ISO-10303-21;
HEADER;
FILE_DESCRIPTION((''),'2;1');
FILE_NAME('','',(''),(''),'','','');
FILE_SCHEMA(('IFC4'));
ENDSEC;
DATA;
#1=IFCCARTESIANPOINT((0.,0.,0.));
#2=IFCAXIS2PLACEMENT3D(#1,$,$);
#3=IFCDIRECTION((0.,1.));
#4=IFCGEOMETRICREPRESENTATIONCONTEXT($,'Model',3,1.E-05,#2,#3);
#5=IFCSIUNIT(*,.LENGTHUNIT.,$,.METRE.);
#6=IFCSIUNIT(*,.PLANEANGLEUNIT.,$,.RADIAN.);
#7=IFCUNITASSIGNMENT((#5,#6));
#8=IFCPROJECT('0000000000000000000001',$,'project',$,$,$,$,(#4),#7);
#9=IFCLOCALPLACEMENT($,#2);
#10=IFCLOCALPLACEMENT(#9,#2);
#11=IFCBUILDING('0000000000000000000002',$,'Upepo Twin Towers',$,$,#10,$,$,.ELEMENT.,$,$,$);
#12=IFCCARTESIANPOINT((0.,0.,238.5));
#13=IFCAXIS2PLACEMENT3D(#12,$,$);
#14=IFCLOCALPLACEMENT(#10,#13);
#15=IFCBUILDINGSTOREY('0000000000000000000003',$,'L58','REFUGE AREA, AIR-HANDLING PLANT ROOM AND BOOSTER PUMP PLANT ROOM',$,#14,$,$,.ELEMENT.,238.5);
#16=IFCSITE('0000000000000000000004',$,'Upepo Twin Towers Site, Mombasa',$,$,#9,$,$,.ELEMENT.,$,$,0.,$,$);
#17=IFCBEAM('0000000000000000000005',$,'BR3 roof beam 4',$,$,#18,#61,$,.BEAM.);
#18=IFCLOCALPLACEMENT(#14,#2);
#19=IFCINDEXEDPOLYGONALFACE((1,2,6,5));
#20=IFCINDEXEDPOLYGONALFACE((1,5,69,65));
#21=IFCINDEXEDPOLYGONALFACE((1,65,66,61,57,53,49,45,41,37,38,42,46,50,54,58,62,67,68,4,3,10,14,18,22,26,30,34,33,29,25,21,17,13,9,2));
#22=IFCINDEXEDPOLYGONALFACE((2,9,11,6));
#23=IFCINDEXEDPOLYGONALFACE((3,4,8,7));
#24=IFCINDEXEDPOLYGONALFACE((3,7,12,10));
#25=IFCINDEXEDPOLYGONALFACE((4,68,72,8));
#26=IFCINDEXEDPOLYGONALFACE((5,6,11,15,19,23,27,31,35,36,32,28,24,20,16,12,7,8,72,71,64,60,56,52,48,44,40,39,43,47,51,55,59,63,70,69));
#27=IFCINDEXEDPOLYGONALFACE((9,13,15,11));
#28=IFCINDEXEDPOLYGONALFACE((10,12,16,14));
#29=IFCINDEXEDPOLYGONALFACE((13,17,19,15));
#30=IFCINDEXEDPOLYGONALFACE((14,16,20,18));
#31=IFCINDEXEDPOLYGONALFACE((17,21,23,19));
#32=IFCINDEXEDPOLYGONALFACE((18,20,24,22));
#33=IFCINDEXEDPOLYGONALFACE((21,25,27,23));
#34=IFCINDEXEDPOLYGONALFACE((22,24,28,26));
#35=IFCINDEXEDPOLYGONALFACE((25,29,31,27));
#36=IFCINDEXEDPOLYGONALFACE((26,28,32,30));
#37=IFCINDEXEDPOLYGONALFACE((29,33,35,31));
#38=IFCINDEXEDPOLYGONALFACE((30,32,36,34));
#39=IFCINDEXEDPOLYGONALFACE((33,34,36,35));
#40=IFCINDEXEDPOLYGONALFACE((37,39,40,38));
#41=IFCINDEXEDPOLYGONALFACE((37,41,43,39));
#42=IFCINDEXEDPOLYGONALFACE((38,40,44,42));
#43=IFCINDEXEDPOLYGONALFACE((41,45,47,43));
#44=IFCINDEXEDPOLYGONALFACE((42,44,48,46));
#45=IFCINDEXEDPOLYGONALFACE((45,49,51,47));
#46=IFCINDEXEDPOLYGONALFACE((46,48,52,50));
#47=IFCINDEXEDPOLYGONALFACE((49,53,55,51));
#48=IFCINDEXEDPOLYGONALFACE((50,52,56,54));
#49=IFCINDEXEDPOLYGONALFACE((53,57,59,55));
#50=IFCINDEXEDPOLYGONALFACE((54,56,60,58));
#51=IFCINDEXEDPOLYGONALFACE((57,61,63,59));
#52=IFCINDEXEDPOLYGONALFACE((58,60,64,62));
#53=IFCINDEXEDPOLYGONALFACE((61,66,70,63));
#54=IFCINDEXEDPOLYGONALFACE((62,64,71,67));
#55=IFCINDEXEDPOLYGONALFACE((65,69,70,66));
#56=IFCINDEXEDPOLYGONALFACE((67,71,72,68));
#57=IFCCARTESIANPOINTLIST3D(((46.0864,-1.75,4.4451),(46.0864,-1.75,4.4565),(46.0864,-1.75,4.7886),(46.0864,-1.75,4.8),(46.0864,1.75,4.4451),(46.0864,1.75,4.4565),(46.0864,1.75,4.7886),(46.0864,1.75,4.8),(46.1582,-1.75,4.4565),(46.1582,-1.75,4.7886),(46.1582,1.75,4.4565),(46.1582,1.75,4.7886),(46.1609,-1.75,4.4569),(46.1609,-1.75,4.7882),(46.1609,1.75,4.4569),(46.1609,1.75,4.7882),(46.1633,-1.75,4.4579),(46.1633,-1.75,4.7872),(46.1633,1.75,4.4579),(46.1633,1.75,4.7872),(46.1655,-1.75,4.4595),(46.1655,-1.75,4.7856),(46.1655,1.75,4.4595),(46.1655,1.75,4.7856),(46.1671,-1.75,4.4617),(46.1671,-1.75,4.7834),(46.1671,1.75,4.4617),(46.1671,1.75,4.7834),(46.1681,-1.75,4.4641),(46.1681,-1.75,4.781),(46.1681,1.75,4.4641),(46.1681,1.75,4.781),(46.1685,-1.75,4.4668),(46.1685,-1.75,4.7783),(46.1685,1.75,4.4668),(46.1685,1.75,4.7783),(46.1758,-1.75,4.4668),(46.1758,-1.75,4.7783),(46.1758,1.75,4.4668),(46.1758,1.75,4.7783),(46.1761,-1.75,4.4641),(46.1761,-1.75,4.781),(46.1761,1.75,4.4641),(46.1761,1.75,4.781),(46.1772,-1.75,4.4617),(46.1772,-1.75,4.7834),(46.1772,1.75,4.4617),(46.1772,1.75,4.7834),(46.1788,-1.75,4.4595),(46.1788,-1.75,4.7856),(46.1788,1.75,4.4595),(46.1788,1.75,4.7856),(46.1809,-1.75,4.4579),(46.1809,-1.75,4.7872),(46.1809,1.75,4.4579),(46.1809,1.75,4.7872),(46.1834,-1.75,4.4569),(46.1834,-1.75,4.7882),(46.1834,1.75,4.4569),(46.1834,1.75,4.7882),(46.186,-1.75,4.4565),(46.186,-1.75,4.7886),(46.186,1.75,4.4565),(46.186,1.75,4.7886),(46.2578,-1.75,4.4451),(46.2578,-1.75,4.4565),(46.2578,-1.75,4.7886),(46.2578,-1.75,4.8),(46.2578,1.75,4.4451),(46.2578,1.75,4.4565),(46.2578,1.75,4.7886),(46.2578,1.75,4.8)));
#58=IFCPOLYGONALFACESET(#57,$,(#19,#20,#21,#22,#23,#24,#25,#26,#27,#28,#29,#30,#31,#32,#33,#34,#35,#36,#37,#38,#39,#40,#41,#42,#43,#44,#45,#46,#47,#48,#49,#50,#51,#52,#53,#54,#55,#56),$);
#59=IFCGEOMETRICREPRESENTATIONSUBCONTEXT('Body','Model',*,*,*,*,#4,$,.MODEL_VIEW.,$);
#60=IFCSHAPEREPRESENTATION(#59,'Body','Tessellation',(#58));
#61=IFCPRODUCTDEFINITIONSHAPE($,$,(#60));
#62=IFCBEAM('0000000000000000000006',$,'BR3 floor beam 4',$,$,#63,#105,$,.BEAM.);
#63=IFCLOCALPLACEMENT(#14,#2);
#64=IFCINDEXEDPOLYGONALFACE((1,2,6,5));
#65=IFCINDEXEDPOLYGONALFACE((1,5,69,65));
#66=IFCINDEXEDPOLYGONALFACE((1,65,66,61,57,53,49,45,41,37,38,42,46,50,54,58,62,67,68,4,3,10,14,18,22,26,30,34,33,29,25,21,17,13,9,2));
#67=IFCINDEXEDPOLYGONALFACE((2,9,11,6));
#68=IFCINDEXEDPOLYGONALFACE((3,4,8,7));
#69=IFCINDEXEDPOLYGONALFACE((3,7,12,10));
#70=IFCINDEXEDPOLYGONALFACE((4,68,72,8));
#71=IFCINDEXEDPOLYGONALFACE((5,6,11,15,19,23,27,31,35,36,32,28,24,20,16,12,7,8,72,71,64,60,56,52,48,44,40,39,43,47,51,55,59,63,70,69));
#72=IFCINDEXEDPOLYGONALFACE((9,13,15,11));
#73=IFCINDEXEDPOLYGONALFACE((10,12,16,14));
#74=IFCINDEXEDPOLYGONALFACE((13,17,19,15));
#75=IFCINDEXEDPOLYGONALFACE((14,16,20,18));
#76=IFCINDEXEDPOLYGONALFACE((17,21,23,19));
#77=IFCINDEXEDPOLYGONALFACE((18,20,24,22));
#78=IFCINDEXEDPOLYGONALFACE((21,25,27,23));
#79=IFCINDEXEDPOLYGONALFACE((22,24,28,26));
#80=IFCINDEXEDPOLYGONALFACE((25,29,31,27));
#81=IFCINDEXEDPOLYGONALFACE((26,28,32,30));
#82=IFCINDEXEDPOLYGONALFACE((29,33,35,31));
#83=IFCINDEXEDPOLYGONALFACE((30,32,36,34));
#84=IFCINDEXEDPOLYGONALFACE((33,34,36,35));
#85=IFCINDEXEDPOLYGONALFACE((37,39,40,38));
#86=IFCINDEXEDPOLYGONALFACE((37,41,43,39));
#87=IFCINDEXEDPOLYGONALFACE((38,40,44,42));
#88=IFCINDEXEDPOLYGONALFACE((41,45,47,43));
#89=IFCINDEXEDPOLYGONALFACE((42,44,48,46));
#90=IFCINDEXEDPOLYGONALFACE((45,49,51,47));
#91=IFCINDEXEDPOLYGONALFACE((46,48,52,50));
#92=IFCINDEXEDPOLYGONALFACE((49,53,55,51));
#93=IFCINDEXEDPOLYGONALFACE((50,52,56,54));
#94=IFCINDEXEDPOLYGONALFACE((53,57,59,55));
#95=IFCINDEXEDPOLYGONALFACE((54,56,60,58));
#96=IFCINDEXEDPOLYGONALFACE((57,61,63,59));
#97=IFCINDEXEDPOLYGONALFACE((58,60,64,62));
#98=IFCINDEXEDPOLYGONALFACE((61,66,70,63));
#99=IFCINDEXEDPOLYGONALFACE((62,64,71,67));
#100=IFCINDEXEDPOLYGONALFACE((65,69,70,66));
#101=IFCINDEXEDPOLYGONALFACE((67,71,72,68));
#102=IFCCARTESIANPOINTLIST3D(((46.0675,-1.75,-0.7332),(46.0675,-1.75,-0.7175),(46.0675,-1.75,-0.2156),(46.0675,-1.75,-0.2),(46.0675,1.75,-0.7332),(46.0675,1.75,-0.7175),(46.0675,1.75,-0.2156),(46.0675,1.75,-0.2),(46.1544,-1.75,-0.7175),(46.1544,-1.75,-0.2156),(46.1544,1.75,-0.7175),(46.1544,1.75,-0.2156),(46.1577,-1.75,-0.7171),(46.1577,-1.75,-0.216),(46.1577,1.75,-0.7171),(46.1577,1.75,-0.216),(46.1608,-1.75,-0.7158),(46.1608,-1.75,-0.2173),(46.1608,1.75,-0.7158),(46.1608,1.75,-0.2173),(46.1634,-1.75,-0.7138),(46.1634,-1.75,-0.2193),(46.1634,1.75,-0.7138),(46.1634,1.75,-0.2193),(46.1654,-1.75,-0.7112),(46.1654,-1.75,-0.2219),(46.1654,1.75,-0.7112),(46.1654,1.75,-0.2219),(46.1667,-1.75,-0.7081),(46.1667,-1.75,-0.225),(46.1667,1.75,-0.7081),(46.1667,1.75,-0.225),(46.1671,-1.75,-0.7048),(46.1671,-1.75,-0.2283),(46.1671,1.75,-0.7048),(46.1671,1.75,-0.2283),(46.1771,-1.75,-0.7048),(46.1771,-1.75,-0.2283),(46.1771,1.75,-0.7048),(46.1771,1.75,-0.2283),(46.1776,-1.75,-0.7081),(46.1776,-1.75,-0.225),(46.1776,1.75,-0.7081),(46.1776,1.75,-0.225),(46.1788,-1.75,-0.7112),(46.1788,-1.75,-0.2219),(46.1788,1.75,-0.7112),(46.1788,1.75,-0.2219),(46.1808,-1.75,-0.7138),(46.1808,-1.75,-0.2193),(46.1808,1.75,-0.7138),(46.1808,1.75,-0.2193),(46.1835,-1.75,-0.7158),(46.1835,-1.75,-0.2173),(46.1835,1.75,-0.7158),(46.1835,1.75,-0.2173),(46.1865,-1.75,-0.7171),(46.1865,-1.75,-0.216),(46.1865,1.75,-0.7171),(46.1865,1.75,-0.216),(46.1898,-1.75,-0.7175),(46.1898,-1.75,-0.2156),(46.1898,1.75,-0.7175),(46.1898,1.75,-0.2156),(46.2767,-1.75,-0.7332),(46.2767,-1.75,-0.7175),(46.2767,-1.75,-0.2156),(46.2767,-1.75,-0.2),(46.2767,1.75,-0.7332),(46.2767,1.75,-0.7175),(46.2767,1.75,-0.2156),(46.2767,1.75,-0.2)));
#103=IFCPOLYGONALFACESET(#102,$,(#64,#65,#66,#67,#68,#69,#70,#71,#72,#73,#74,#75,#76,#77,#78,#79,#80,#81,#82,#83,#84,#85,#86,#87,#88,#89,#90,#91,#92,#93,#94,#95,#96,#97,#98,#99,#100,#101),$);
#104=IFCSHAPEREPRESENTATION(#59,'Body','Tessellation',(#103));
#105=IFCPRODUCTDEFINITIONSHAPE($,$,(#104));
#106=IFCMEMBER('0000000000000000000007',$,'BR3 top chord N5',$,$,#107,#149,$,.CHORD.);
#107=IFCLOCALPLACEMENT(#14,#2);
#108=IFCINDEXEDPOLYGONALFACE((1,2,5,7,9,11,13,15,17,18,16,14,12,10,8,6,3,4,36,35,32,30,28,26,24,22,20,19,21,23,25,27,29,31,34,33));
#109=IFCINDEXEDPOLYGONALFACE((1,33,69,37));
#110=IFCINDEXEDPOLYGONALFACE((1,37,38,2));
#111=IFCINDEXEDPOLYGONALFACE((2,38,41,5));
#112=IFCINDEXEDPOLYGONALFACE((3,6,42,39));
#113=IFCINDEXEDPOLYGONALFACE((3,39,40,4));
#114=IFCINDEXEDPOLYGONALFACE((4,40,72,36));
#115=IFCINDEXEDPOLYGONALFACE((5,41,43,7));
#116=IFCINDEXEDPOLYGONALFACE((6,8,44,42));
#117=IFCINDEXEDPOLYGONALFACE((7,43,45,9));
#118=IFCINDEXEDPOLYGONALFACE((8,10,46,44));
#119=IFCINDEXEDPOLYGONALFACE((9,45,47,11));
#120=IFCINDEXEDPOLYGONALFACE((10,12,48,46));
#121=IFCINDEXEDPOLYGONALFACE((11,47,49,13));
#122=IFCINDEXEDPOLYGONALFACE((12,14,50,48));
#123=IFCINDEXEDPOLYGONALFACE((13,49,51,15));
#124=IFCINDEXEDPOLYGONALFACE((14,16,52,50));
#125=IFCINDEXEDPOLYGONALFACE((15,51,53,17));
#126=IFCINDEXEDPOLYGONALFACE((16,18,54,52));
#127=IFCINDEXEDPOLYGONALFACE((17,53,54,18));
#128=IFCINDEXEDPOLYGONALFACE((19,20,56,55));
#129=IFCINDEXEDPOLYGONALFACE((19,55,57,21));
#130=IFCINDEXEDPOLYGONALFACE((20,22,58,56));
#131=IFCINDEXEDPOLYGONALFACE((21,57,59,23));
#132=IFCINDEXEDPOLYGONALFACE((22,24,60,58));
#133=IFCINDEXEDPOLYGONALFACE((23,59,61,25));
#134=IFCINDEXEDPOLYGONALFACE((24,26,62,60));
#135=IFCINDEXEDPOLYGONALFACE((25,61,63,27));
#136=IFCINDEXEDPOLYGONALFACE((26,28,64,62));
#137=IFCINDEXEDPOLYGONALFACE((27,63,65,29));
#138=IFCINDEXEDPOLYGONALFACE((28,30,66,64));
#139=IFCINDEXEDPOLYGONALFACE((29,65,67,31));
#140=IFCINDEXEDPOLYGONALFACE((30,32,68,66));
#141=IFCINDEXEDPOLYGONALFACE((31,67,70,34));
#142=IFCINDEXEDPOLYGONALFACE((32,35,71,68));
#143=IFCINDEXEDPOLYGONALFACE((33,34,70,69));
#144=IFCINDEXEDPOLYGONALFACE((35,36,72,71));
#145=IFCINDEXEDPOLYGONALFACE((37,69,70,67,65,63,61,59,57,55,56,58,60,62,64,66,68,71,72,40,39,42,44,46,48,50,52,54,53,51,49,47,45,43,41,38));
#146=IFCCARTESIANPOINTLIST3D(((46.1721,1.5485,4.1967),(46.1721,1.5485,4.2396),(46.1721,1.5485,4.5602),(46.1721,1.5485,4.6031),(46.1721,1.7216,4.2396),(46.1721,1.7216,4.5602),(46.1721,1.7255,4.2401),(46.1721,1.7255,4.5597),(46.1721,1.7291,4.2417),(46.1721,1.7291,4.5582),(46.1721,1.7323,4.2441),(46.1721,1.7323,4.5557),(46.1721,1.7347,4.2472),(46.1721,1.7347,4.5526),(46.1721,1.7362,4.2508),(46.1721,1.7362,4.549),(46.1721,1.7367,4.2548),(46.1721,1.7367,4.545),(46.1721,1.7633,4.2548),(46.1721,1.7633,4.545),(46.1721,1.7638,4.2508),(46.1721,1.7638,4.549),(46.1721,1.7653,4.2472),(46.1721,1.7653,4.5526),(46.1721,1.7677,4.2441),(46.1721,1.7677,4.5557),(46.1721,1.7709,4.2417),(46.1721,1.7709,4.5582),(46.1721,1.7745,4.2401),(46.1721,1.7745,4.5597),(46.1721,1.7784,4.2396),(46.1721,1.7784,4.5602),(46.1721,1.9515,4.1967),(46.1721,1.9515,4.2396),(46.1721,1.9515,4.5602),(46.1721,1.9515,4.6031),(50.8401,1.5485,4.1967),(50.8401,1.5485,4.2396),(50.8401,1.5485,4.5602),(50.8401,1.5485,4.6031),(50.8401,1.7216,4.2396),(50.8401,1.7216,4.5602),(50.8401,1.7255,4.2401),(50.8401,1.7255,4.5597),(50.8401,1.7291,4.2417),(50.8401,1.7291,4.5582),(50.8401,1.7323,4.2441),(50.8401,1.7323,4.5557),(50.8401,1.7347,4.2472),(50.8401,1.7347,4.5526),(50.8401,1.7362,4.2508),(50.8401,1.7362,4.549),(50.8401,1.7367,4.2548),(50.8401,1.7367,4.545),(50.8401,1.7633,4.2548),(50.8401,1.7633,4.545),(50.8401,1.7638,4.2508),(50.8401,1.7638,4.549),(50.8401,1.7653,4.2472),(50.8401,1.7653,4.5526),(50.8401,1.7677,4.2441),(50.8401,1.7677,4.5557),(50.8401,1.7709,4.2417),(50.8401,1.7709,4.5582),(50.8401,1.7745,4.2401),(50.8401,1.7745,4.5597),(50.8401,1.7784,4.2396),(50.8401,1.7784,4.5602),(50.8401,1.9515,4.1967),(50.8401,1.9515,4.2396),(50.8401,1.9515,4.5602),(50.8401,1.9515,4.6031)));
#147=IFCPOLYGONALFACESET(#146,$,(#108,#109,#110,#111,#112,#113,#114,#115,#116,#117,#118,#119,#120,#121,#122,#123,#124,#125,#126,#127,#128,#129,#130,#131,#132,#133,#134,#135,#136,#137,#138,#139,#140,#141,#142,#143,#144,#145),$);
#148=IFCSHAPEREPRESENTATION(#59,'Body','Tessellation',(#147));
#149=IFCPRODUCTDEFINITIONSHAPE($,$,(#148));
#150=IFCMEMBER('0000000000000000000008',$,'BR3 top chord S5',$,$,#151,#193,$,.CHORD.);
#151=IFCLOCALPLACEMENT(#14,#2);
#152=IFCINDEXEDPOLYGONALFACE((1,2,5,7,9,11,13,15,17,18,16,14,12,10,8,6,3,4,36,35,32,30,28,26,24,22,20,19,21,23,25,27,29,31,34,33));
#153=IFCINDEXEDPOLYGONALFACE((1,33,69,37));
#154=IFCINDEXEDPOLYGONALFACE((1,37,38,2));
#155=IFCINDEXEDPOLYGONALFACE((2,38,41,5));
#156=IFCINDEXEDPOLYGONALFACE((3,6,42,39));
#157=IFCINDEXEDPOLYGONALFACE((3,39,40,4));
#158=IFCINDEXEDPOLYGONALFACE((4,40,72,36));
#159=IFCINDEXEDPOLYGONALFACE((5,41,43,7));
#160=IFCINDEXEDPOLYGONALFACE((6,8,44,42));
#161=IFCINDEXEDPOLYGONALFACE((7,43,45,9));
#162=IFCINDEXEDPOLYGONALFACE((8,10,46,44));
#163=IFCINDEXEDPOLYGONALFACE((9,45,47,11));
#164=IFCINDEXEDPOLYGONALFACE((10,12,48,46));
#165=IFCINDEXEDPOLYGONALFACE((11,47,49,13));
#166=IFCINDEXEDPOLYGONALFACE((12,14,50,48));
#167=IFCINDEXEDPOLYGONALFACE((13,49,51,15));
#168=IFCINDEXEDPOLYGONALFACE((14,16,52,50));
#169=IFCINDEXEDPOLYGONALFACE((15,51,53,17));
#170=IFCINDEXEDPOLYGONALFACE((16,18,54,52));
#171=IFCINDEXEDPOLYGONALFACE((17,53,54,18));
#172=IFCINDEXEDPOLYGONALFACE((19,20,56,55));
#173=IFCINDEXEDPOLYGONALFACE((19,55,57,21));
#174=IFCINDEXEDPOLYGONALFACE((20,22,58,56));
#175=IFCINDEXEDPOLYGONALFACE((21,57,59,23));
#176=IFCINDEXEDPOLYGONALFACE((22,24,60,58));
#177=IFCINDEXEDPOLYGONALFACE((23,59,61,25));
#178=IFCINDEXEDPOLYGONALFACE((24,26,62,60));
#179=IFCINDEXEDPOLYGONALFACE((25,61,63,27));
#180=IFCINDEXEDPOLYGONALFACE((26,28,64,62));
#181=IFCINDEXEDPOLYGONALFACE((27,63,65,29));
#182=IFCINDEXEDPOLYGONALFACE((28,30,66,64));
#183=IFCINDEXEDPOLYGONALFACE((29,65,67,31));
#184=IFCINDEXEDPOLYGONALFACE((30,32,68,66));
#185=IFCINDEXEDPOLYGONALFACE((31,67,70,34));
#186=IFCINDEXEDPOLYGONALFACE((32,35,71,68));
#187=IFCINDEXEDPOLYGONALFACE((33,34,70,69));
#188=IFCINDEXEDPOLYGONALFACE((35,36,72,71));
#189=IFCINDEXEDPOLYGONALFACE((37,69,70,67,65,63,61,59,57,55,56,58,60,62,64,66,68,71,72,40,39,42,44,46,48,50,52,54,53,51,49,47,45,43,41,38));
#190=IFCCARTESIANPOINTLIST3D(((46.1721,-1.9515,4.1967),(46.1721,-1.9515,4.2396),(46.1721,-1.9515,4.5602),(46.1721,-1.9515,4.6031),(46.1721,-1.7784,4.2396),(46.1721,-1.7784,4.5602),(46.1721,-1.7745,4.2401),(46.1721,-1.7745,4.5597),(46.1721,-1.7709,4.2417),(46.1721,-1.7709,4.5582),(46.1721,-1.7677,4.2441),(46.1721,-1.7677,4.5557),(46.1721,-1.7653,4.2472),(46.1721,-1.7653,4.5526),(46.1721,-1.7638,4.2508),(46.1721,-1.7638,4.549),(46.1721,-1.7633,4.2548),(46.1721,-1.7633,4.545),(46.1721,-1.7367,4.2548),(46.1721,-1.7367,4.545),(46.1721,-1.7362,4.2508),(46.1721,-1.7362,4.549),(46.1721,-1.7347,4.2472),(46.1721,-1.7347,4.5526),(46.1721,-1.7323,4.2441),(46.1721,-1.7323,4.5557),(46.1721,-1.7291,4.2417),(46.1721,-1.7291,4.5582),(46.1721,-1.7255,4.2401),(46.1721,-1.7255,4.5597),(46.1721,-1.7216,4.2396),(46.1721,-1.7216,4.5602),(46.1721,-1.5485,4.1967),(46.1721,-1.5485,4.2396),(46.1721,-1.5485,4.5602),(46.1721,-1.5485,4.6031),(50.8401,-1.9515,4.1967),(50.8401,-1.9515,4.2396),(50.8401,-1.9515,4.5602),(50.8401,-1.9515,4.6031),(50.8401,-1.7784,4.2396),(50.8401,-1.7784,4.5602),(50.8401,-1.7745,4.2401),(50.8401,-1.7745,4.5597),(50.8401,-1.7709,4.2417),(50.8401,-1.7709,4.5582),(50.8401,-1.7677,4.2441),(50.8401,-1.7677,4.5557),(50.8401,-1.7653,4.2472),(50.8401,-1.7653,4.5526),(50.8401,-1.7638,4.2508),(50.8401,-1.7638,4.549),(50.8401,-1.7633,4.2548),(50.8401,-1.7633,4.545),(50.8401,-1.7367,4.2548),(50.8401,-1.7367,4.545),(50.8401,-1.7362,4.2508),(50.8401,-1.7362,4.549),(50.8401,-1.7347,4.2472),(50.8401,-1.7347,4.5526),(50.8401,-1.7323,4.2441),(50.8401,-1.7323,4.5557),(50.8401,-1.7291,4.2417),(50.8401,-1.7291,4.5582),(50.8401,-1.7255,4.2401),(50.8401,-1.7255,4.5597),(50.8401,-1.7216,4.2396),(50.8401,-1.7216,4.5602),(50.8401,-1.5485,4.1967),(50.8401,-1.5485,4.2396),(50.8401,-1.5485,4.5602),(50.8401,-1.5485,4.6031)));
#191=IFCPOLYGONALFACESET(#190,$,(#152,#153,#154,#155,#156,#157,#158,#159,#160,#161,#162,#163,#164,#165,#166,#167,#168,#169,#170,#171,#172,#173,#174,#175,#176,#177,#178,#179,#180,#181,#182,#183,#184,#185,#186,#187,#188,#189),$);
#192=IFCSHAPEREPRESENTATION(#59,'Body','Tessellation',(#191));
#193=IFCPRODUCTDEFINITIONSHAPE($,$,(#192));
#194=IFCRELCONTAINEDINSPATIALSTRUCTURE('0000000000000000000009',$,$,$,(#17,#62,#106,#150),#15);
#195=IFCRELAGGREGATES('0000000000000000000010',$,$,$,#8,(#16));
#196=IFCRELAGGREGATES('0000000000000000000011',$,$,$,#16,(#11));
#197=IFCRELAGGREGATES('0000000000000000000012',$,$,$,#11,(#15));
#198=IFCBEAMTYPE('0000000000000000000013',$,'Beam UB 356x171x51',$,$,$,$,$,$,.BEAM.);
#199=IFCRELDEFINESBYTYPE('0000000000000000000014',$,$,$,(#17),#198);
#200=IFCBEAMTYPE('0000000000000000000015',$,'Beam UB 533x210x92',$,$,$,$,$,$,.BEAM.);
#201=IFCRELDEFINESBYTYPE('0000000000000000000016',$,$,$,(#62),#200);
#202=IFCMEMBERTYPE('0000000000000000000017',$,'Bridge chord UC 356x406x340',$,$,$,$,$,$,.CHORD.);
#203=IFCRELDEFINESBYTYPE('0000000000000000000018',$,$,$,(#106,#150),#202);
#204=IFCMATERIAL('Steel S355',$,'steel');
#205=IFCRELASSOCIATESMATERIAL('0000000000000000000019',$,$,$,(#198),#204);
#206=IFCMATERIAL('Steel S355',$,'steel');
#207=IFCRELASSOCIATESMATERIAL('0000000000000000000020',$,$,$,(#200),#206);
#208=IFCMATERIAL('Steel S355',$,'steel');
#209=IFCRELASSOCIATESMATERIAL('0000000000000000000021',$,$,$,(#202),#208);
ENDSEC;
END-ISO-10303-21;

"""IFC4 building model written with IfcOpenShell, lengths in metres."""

from ifc_helpers import new_model, si_unit, direction, frame, origin, origin_2d, place, context, subcontext, project, spatial, i_section, extrude, material, material_profile, profile_set, type_object, element, save


model = new_model("IFC4")

# Units and contexts
model_context = context("Model", 3, precision=1e-05, world=origin(), true_north=direction((0.0, 1.0)))
body_context = subcontext(model_context, "Body", "Model", "MODEL_VIEW")
ifc_project = project(units=[si_unit("LENGTHUNIT", "METRE"), si_unit("PLANEANGLEUNIT", "RADIAN")], contexts=[model_context])

# Site, building, storey
site_placement = place(None, origin())
site = spatial("IfcSite", under=ifc_project, at=site_placement, Name="Upepo Twin Towers Site, Mombasa", CompositionType="ELEMENT", RefElevation=0.0)
building_placement = place(site_placement, origin())
building = spatial("IfcBuilding", under=site, at=building_placement, Name="Upepo Twin Towers", CompositionType="ELEMENT")
storey_placement = place(building_placement, frame((0.0, 0.0, 238.5)))
storey = spatial("IfcBuildingStorey", under=building, at=storey_placement, Name="L58", Description="REFUGE AREA, AIR-HANDLING PLANT ROOM AND BOOSTER PUMP PLANT ROOM", CompositionType="ELEMENT", Elevation=238.5)

# Beams
ifc_material_1 = material(Name="Steel S355", Category="steel")
ifc_material_profile_1 = material_profile(ifc_material_1, i_section(OverallWidth=0.1714, OverallDepth=0.355, WebThickness=0.0073, FlangeThickness=0.0115, FilletRadius=0.0103, at=origin_2d()), Name="UB 356x171x51")
ifc_profile_set_1 = profile_set([ifc_material_profile_1], Name="Steel S355")
beam_type_1 = type_object("IfcBeamType", Name="Beam UB 356x171x51", PredefinedType="BEAM", material=ifc_profile_set_1)
beam_1_placement = place(storey_placement, frame((46.1721, -1.75, 4.6226), z_axis=(0.0, 1.0, 0.0), x_axis=(-1.0, 0.0, 0.0)))
element("IfcBeam", 1, at=beam_1_placement, inside=storey, type_object=beam_type_1, Name="BR3 roof beam 4", PredefinedType="BEAM", context=body_context, shape_type="SweptSolid", body=[
    extrude(i_section(OverallWidth=0.1714, OverallDepth=0.355, WebThickness=0.0073, FlangeThickness=0.0115, FilletRadius=0.0103, at=origin_2d()), origin(), (0.0, 0.0, 1.0), 3.5),
])
ifc_material_2 = material(Name="Steel S355", Category="steel")
ifc_material_profile_2 = material_profile(ifc_material_2, i_section(OverallWidth=0.2092, OverallDepth=0.5332, WebThickness=0.01, FlangeThickness=0.0156, FilletRadius=0.0127, at=origin_2d()), Name="UB 533x210x92")
ifc_profile_set_2 = profile_set([ifc_material_profile_2], Name="Steel S355")
beam_type_2 = type_object("IfcBeamType", Name="Beam UB 533x210x92", PredefinedType="BEAM", material=ifc_profile_set_2)
beam_2_placement = place(storey_placement, frame((46.1721, -1.75, -0.4666), z_axis=(0.0, 1.0, 0.0), x_axis=(-1.0, 0.0, 0.0)))
element("IfcBeam", 2, at=beam_2_placement, inside=storey, type_object=beam_type_2, Name="BR3 floor beam 4", PredefinedType="BEAM", context=body_context, shape_type="SweptSolid", body=[
    extrude(i_section(OverallWidth=0.2092, OverallDepth=0.5332, WebThickness=0.01, FlangeThickness=0.0156, FilletRadius=0.0127, at=origin_2d()), origin(), (0.0, 0.0, 1.0), 3.5),
])

# Members
ifc_material_3 = material(Name="Steel S355", Category="steel")
ifc_material_profile_3 = material_profile(ifc_material_3, i_section(OverallWidth=0.4031, OverallDepth=0.4065, WebThickness=0.0266, FlangeThickness=0.043, FilletRadius=0.0151, at=origin_2d()), Name="UC 356x406x340")
ifc_profile_set_3 = profile_set([ifc_material_profile_3], Name="Steel S355")
member_type_1 = type_object("IfcMemberType", Name="Bridge chord UC 356x406x340", PredefinedType="CHORD", material=ifc_profile_set_3)
for number, where, z_axis, x_axis, name in (
    (3, (46.1721, 1.75, 4.3999), (1.0, 0.0, 0.0), (0.0, 1.0, 0.0), "BR3 top chord N5"),
    (4, (46.1721, -1.75, 4.3999), (1.0, 0.0, 0.0), (0.0, 1.0, 0.0), "BR3 top chord S5"),
):
    element("IfcMember", number, at=place(storey_placement, frame(where, z_axis=z_axis, x_axis=x_axis)), inside=storey, type_object=member_type_1, Name=name, PredefinedType="CHORD", context=body_context, shape_type="SweptSolid", body=[
        extrude(i_section(OverallWidth=0.4031, OverallDepth=0.4065, WebThickness=0.0266, FlangeThickness=0.043, FilletRadius=0.0151, at=origin_2d()), origin(), (0.0, 0.0, 1.0), 4.668),
    ])

save(model, "model.ifc")
